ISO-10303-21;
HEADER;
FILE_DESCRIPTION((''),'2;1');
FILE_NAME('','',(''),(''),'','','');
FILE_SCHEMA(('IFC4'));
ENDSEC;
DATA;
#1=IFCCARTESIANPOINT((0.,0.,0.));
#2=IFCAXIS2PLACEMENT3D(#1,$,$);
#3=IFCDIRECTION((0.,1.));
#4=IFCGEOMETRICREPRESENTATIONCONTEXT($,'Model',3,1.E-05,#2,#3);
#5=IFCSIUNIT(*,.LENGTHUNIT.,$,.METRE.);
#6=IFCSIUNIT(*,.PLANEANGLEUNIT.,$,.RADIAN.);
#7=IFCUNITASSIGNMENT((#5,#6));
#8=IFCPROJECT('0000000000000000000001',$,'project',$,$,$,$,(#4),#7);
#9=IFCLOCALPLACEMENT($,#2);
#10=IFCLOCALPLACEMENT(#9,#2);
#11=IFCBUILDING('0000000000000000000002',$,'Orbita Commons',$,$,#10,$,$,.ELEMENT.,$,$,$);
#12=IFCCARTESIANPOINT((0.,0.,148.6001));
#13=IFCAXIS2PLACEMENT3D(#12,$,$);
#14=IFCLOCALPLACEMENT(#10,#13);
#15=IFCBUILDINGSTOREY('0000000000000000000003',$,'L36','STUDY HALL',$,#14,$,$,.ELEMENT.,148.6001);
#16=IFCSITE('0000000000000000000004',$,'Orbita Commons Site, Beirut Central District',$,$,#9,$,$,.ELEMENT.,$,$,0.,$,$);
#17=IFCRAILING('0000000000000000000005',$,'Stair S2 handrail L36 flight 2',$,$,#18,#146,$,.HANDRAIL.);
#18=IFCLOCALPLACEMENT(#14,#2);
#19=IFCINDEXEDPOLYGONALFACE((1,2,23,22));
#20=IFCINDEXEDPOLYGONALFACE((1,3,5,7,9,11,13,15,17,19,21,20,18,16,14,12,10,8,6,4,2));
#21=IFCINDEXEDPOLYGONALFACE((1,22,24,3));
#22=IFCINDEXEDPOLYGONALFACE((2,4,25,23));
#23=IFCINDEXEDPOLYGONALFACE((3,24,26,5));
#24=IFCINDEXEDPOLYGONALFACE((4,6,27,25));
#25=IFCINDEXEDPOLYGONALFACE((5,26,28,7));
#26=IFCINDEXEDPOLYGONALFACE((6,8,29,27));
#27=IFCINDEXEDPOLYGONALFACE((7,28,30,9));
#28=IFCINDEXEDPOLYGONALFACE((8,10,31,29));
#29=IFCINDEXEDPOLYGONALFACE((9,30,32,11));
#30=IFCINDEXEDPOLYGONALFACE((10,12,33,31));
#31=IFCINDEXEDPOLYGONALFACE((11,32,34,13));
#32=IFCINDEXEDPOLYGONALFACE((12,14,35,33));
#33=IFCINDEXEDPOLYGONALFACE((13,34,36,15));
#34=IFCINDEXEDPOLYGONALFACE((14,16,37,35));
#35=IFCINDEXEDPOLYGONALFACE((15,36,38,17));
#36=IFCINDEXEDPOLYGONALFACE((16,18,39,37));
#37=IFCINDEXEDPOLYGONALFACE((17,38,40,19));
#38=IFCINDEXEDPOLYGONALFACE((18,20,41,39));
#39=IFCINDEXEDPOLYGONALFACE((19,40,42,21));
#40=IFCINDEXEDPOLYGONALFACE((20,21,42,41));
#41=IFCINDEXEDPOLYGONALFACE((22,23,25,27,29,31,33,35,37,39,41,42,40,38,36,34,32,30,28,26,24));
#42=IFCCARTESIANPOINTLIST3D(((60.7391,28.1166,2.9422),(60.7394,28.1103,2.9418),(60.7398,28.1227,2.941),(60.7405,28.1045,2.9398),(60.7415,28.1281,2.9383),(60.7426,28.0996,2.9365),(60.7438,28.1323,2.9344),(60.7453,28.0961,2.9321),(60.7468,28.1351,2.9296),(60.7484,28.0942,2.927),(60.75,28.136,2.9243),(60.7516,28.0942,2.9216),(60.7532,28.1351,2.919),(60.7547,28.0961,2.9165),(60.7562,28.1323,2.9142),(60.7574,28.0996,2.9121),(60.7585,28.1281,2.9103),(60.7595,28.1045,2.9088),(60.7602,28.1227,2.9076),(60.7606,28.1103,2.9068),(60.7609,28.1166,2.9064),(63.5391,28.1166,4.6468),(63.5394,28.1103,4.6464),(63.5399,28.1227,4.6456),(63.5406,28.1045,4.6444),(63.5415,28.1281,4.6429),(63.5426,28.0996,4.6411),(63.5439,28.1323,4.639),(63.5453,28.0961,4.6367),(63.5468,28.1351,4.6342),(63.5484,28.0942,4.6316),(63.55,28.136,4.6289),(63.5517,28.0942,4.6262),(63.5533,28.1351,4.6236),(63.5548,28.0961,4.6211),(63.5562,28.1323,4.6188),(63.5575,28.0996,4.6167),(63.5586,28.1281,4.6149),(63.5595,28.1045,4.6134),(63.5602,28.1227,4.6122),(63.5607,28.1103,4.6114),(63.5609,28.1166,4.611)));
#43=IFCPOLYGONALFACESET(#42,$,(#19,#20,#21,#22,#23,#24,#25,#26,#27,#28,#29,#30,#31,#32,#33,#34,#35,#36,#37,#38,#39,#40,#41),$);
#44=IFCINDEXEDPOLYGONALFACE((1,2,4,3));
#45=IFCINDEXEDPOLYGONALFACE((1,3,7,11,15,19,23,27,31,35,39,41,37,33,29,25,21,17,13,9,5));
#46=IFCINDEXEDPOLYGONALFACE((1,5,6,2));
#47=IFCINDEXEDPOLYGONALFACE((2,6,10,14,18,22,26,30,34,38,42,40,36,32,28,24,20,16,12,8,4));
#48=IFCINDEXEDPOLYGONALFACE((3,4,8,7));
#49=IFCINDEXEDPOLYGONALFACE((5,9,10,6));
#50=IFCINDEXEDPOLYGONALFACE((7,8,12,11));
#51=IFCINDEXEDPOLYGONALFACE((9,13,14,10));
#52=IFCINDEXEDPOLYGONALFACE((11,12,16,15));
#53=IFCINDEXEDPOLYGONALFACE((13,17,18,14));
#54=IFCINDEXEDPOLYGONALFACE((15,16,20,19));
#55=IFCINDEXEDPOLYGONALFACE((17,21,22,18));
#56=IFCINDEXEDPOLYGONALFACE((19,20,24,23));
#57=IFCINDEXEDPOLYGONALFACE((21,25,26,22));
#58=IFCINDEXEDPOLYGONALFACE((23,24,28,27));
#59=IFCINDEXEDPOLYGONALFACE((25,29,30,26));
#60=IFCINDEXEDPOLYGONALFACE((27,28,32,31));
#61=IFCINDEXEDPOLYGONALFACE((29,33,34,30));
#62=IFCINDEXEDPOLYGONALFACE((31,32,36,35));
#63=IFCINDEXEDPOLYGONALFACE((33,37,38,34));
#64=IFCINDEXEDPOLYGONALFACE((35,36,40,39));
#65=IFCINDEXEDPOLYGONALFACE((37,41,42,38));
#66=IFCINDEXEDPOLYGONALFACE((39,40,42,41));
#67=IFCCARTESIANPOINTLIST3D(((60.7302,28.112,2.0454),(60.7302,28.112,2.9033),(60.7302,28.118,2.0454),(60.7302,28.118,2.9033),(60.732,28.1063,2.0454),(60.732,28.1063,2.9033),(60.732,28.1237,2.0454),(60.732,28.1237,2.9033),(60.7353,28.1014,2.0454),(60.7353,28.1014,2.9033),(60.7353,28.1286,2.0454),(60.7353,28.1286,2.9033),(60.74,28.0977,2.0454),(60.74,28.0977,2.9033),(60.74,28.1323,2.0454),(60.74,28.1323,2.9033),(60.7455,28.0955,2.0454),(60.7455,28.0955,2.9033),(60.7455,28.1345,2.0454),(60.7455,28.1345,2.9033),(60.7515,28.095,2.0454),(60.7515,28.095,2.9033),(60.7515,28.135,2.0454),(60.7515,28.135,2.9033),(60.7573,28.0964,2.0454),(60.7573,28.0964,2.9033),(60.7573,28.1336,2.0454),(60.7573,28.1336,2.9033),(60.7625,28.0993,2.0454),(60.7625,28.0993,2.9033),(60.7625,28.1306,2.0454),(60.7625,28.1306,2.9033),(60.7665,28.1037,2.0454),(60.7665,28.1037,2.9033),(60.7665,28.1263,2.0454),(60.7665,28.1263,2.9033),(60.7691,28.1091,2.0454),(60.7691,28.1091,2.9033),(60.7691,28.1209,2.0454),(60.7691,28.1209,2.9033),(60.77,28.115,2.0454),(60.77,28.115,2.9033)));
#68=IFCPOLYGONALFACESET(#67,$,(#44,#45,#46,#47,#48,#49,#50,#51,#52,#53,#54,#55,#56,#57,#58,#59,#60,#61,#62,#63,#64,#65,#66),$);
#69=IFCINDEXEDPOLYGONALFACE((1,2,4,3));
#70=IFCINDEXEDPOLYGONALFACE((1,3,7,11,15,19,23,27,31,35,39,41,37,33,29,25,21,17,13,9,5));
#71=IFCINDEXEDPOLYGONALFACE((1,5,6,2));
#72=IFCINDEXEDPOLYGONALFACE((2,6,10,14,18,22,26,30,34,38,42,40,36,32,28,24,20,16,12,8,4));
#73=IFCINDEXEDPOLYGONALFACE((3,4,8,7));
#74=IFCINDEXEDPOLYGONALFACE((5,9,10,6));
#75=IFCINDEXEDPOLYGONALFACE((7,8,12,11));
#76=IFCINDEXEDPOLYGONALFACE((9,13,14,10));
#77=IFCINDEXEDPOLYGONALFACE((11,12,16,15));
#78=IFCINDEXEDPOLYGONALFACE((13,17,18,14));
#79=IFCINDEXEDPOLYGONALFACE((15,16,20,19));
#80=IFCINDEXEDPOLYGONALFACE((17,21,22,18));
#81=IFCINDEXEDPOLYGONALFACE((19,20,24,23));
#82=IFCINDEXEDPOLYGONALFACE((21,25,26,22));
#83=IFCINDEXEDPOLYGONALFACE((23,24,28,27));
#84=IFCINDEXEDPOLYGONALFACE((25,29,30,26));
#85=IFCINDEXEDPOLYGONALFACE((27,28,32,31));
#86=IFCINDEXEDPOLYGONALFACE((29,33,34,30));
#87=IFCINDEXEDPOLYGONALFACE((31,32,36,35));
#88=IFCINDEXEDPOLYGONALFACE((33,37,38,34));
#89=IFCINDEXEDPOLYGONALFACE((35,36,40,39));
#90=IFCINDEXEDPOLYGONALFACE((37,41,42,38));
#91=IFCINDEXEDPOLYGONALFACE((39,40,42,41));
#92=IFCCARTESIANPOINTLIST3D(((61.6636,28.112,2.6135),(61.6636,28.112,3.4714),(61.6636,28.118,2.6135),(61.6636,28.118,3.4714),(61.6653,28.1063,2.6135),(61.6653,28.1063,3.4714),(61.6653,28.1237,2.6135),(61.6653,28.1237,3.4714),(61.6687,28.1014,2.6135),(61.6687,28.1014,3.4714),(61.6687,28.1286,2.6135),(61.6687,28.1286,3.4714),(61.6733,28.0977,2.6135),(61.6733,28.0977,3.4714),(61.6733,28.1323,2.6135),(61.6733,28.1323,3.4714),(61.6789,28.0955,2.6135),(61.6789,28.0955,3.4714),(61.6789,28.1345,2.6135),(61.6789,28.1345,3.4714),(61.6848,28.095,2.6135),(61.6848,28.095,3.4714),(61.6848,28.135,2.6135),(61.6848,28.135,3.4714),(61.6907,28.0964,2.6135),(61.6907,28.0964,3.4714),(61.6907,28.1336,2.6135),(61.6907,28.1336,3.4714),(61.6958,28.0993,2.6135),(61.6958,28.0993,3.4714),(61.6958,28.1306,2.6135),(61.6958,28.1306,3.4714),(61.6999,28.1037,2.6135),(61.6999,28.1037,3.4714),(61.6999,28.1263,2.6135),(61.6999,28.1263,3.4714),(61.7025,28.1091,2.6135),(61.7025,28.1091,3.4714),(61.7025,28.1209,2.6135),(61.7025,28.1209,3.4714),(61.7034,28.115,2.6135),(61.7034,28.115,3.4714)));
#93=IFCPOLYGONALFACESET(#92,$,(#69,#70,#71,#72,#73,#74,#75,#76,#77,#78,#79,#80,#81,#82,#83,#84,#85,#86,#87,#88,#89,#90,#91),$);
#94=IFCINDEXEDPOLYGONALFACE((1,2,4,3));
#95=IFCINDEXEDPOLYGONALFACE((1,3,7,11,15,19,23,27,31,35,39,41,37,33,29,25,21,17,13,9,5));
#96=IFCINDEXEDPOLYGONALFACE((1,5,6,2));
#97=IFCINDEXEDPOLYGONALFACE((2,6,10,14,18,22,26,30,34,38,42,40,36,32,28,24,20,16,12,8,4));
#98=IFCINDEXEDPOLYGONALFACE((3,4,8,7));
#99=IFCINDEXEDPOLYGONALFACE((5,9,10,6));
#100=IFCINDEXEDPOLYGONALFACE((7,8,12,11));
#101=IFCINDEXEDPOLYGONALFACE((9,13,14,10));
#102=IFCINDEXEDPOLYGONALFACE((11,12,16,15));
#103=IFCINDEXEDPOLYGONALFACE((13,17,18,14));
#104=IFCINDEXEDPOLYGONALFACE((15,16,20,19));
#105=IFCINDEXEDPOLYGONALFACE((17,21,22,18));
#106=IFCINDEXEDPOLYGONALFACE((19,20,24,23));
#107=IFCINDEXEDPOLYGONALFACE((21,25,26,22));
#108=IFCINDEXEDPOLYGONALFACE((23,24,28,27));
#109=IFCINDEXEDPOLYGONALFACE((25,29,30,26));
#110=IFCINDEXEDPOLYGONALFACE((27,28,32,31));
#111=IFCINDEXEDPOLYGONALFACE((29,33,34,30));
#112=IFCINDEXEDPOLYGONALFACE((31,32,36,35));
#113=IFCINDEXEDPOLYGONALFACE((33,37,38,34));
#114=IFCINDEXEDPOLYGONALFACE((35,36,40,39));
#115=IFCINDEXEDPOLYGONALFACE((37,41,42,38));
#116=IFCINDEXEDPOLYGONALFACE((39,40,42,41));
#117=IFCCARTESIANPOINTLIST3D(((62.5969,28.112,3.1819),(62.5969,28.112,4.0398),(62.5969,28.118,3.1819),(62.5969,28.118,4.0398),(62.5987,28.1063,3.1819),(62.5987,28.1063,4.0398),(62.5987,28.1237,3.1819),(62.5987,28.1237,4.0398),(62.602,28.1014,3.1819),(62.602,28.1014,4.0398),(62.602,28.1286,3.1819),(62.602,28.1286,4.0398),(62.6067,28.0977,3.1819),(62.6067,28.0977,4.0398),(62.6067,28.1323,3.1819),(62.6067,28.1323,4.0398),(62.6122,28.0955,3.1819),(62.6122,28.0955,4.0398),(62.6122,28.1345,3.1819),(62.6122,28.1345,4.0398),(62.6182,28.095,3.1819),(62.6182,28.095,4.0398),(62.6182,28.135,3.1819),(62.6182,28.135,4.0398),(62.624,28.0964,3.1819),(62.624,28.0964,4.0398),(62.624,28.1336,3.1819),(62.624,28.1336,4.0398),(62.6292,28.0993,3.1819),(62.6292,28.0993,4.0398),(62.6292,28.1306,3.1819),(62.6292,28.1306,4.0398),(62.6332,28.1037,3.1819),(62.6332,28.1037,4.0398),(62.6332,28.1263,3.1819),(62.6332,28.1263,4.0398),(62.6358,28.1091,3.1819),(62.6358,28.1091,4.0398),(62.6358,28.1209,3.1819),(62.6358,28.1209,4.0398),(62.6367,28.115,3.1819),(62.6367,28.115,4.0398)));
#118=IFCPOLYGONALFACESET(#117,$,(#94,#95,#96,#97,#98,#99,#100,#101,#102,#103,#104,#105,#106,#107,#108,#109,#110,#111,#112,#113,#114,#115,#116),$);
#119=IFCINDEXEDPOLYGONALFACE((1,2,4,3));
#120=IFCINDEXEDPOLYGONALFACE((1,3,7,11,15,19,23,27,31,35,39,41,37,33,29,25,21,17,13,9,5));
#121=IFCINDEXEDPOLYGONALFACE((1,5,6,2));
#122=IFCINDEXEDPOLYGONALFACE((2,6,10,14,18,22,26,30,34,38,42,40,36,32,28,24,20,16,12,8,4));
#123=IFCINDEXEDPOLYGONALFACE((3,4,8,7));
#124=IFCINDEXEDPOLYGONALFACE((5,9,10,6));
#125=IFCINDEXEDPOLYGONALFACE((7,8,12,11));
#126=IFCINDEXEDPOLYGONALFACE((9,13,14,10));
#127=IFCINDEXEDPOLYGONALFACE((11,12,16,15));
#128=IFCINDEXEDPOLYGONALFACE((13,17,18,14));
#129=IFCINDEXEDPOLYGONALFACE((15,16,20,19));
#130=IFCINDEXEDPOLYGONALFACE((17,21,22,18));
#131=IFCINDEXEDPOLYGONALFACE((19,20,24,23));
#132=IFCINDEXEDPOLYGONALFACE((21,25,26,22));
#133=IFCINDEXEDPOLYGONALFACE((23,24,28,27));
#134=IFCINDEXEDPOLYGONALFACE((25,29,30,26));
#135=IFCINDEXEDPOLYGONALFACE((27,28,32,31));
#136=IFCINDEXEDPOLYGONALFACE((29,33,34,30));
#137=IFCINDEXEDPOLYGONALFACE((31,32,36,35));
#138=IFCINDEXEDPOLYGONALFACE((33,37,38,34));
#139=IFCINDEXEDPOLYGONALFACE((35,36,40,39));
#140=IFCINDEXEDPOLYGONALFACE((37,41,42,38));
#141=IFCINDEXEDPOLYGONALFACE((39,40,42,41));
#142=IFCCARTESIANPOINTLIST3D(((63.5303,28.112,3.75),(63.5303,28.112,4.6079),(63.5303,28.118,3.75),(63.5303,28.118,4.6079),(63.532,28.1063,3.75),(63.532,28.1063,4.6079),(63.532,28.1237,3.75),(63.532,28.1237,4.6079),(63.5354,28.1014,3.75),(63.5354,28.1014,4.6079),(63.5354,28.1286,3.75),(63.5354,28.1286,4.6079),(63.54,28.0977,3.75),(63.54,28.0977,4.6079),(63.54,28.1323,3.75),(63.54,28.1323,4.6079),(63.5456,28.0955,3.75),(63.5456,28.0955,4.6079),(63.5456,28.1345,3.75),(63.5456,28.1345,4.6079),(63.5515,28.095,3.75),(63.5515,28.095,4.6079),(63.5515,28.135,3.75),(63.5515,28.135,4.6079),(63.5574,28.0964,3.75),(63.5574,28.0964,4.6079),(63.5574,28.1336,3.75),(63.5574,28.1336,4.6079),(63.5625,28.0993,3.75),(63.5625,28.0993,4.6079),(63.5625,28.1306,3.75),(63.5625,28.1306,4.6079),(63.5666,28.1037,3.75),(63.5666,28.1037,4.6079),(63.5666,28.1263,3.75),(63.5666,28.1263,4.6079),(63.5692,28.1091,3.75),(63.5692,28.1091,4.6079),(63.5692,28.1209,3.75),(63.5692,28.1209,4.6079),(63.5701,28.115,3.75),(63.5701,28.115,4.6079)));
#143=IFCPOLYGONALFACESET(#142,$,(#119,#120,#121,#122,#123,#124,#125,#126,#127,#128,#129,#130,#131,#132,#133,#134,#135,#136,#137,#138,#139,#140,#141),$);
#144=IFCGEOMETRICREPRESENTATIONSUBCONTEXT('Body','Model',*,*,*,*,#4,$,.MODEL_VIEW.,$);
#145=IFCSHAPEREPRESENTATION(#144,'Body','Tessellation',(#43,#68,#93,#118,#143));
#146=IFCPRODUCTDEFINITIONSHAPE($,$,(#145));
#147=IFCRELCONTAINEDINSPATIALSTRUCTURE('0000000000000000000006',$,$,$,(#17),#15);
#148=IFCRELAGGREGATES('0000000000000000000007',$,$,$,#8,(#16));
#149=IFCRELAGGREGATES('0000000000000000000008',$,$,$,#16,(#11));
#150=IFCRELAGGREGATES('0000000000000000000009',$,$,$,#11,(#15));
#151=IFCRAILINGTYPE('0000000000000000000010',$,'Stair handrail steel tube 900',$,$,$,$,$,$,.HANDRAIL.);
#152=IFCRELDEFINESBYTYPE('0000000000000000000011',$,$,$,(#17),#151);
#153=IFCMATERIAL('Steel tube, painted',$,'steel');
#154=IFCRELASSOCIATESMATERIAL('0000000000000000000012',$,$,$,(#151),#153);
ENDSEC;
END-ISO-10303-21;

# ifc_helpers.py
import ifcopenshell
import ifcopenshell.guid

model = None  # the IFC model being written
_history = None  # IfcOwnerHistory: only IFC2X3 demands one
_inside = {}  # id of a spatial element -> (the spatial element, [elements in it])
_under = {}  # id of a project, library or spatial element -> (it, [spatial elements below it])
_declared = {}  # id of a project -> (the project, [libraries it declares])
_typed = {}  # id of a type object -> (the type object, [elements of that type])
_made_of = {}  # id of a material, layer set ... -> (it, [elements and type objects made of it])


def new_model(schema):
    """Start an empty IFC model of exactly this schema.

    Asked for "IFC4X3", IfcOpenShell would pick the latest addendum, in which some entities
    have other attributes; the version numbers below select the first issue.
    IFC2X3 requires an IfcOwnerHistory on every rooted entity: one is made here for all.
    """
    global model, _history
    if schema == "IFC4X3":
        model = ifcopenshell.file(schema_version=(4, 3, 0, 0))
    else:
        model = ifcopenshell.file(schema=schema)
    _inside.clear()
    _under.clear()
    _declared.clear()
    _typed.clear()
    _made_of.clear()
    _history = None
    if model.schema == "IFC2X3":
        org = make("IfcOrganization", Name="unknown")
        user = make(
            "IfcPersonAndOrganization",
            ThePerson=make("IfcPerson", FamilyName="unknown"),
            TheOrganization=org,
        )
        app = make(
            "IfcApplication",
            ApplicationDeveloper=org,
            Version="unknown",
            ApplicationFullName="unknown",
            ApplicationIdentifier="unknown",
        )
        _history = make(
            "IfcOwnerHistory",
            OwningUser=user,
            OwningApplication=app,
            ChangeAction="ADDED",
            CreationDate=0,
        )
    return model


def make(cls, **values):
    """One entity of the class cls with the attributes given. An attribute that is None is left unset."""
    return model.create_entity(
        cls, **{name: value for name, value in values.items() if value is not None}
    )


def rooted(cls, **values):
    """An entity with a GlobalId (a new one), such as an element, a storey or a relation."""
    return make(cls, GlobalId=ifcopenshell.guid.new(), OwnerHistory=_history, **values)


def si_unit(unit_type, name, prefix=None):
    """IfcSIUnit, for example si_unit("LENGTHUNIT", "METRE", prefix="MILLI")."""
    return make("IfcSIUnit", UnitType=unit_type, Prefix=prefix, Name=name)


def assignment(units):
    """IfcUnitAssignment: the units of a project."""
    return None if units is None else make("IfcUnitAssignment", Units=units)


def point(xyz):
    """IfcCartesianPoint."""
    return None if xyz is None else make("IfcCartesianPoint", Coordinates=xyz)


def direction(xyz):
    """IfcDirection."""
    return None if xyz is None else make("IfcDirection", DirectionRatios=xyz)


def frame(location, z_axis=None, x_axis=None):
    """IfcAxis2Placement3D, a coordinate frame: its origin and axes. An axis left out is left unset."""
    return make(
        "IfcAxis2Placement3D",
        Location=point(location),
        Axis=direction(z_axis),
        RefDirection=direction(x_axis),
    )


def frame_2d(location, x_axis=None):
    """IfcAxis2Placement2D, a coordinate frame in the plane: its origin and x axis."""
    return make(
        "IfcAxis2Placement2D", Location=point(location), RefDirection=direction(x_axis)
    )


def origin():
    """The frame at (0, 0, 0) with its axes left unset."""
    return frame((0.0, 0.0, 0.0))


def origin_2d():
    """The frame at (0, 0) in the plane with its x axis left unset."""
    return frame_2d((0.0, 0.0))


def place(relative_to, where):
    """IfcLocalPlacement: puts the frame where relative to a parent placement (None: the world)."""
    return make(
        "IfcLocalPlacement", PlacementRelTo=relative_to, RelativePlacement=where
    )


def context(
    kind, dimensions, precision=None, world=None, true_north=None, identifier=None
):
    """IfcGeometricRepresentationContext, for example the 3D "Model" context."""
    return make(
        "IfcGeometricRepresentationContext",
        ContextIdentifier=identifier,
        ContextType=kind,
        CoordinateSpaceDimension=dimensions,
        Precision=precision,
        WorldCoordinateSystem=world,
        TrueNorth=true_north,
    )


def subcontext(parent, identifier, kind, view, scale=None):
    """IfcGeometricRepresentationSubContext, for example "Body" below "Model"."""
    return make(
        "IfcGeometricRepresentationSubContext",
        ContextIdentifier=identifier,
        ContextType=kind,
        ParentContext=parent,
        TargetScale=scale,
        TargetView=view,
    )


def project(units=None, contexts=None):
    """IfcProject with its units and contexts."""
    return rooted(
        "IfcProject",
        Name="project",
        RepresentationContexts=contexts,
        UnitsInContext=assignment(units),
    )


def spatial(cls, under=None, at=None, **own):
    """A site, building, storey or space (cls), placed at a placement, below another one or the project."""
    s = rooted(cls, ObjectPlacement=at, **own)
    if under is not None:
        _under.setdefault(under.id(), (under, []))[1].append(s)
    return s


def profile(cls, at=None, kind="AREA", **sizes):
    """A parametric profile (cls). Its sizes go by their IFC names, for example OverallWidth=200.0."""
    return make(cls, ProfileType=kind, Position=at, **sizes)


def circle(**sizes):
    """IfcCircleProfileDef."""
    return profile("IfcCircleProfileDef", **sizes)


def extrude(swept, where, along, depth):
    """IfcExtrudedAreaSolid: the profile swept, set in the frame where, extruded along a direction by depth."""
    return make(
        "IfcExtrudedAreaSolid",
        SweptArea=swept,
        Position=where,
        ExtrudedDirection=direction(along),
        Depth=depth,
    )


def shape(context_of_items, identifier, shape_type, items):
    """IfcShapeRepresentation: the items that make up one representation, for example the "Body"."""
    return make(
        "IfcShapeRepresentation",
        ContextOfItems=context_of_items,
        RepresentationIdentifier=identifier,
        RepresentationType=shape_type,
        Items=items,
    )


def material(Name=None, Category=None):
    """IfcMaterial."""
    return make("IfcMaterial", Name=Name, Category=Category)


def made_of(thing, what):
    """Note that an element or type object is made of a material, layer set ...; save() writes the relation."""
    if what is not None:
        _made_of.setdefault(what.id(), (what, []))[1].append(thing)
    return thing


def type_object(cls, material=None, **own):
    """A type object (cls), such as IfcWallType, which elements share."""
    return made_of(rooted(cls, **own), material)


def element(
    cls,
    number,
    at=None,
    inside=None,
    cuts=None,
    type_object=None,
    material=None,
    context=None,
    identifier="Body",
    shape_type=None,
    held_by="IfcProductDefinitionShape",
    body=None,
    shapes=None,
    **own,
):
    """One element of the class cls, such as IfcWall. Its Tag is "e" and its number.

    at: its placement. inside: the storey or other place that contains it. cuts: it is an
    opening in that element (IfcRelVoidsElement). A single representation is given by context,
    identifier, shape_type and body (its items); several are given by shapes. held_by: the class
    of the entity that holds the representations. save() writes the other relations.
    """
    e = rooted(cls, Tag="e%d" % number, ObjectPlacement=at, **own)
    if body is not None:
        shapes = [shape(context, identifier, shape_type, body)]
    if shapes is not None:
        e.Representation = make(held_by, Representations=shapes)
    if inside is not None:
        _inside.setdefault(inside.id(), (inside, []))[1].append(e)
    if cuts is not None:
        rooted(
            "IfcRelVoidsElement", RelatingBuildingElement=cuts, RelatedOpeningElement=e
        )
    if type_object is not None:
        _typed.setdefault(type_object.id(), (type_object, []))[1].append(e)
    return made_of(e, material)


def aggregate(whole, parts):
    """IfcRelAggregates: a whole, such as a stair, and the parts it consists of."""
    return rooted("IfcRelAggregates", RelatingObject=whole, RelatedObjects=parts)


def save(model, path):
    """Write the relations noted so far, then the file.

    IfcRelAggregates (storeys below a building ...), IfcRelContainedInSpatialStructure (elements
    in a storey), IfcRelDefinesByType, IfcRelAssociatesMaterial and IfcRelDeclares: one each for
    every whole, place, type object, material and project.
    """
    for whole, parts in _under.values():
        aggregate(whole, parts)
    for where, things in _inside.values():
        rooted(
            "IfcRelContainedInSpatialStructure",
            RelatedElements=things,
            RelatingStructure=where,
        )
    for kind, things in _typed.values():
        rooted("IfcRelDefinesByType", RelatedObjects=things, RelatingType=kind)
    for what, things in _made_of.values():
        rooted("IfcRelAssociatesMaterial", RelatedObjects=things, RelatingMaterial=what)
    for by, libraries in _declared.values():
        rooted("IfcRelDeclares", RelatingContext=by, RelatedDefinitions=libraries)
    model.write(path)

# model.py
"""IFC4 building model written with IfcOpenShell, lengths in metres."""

from ifc_helpers import new_model, si_unit, direction, frame, origin, origin_2d, place, context, subcontext, project, spatial, circle, extrude, material, type_object, element, save


model = new_model("IFC4")

# Units and contexts
model_context = context("Model", 3, precision=1e-05, world=origin(), true_north=direction((0.0, 1.0)))
body_context = subcontext(model_context, "Body", "Model", "MODEL_VIEW")
ifc_project = project(units=[si_unit("LENGTHUNIT", "METRE"), si_unit("PLANEANGLEUNIT", "RADIAN")], contexts=[model_context])

# Site, building, storey
site_placement = place(None, origin())
site = spatial("IfcSite", under=ifc_project, at=site_placement, Name="Orbita Commons Site, Beirut Central District", CompositionType="ELEMENT", RefElevation=0.0)
building_placement = place(site_placement, origin())
building = spatial("IfcBuilding", under=site, at=building_placement, Name="Orbita Commons", CompositionType="ELEMENT")
storey_placement = place(building_placement, frame((0.0, 0.0, 148.6001)))
storey = spatial("IfcBuildingStorey", under=building, at=storey_placement, Name="L36", Description="STUDY HALL", CompositionType="ELEMENT", Elevation=148.6001)

# Railing
ifc_material_1 = material(Name="Steel tube, painted", Category="steel")
railing_type = type_object("IfcRailingType", Name="Stair handrail steel tube 900", PredefinedType="HANDRAIL", material=ifc_material_1)
for number, where, name in (
    (1, (60.75, 28.115, 2.0454), "Stair S2 handrail L36 flight 2"),
):
    element("IfcRailing", number, at=place(storey_placement, frame(where)), inside=storey, type_object=railing_type, Name=name, PredefinedType="HANDRAIL", context=body_context, shape_type="SweptSolid", body=[
        extrude(circle(Radius=0.021, at=origin_2d()), frame((0.0, 0.0, 0.8789), z_axis=(0.85417, 0.0, 0.519994), x_axis=(0.0, 1.0, 0.0)), (0.0, 0.0, 1.0), 3.2781),
        extrude(circle(Radius=0.02, at=origin_2d()), origin(), (0.0, 0.0, 1.0), 0.8579),
        extrude(circle(Radius=0.02, at=origin_2d()), frame((0.9333, 0.0, 0.5681)), (0.0, 0.0, 1.0), 0.8579),
        extrude(circle(Radius=0.02, at=origin_2d()), frame((1.8667, 0.0, 1.1365)), (0.0, 0.0, 1.0), 0.8579),
        extrude(circle(Radius=0.02, at=origin_2d()), frame((2.8, 0.0, 1.7046)), (0.0, 0.0, 1.0), 0.8579),
    ])

save(model, "model.ifc")
